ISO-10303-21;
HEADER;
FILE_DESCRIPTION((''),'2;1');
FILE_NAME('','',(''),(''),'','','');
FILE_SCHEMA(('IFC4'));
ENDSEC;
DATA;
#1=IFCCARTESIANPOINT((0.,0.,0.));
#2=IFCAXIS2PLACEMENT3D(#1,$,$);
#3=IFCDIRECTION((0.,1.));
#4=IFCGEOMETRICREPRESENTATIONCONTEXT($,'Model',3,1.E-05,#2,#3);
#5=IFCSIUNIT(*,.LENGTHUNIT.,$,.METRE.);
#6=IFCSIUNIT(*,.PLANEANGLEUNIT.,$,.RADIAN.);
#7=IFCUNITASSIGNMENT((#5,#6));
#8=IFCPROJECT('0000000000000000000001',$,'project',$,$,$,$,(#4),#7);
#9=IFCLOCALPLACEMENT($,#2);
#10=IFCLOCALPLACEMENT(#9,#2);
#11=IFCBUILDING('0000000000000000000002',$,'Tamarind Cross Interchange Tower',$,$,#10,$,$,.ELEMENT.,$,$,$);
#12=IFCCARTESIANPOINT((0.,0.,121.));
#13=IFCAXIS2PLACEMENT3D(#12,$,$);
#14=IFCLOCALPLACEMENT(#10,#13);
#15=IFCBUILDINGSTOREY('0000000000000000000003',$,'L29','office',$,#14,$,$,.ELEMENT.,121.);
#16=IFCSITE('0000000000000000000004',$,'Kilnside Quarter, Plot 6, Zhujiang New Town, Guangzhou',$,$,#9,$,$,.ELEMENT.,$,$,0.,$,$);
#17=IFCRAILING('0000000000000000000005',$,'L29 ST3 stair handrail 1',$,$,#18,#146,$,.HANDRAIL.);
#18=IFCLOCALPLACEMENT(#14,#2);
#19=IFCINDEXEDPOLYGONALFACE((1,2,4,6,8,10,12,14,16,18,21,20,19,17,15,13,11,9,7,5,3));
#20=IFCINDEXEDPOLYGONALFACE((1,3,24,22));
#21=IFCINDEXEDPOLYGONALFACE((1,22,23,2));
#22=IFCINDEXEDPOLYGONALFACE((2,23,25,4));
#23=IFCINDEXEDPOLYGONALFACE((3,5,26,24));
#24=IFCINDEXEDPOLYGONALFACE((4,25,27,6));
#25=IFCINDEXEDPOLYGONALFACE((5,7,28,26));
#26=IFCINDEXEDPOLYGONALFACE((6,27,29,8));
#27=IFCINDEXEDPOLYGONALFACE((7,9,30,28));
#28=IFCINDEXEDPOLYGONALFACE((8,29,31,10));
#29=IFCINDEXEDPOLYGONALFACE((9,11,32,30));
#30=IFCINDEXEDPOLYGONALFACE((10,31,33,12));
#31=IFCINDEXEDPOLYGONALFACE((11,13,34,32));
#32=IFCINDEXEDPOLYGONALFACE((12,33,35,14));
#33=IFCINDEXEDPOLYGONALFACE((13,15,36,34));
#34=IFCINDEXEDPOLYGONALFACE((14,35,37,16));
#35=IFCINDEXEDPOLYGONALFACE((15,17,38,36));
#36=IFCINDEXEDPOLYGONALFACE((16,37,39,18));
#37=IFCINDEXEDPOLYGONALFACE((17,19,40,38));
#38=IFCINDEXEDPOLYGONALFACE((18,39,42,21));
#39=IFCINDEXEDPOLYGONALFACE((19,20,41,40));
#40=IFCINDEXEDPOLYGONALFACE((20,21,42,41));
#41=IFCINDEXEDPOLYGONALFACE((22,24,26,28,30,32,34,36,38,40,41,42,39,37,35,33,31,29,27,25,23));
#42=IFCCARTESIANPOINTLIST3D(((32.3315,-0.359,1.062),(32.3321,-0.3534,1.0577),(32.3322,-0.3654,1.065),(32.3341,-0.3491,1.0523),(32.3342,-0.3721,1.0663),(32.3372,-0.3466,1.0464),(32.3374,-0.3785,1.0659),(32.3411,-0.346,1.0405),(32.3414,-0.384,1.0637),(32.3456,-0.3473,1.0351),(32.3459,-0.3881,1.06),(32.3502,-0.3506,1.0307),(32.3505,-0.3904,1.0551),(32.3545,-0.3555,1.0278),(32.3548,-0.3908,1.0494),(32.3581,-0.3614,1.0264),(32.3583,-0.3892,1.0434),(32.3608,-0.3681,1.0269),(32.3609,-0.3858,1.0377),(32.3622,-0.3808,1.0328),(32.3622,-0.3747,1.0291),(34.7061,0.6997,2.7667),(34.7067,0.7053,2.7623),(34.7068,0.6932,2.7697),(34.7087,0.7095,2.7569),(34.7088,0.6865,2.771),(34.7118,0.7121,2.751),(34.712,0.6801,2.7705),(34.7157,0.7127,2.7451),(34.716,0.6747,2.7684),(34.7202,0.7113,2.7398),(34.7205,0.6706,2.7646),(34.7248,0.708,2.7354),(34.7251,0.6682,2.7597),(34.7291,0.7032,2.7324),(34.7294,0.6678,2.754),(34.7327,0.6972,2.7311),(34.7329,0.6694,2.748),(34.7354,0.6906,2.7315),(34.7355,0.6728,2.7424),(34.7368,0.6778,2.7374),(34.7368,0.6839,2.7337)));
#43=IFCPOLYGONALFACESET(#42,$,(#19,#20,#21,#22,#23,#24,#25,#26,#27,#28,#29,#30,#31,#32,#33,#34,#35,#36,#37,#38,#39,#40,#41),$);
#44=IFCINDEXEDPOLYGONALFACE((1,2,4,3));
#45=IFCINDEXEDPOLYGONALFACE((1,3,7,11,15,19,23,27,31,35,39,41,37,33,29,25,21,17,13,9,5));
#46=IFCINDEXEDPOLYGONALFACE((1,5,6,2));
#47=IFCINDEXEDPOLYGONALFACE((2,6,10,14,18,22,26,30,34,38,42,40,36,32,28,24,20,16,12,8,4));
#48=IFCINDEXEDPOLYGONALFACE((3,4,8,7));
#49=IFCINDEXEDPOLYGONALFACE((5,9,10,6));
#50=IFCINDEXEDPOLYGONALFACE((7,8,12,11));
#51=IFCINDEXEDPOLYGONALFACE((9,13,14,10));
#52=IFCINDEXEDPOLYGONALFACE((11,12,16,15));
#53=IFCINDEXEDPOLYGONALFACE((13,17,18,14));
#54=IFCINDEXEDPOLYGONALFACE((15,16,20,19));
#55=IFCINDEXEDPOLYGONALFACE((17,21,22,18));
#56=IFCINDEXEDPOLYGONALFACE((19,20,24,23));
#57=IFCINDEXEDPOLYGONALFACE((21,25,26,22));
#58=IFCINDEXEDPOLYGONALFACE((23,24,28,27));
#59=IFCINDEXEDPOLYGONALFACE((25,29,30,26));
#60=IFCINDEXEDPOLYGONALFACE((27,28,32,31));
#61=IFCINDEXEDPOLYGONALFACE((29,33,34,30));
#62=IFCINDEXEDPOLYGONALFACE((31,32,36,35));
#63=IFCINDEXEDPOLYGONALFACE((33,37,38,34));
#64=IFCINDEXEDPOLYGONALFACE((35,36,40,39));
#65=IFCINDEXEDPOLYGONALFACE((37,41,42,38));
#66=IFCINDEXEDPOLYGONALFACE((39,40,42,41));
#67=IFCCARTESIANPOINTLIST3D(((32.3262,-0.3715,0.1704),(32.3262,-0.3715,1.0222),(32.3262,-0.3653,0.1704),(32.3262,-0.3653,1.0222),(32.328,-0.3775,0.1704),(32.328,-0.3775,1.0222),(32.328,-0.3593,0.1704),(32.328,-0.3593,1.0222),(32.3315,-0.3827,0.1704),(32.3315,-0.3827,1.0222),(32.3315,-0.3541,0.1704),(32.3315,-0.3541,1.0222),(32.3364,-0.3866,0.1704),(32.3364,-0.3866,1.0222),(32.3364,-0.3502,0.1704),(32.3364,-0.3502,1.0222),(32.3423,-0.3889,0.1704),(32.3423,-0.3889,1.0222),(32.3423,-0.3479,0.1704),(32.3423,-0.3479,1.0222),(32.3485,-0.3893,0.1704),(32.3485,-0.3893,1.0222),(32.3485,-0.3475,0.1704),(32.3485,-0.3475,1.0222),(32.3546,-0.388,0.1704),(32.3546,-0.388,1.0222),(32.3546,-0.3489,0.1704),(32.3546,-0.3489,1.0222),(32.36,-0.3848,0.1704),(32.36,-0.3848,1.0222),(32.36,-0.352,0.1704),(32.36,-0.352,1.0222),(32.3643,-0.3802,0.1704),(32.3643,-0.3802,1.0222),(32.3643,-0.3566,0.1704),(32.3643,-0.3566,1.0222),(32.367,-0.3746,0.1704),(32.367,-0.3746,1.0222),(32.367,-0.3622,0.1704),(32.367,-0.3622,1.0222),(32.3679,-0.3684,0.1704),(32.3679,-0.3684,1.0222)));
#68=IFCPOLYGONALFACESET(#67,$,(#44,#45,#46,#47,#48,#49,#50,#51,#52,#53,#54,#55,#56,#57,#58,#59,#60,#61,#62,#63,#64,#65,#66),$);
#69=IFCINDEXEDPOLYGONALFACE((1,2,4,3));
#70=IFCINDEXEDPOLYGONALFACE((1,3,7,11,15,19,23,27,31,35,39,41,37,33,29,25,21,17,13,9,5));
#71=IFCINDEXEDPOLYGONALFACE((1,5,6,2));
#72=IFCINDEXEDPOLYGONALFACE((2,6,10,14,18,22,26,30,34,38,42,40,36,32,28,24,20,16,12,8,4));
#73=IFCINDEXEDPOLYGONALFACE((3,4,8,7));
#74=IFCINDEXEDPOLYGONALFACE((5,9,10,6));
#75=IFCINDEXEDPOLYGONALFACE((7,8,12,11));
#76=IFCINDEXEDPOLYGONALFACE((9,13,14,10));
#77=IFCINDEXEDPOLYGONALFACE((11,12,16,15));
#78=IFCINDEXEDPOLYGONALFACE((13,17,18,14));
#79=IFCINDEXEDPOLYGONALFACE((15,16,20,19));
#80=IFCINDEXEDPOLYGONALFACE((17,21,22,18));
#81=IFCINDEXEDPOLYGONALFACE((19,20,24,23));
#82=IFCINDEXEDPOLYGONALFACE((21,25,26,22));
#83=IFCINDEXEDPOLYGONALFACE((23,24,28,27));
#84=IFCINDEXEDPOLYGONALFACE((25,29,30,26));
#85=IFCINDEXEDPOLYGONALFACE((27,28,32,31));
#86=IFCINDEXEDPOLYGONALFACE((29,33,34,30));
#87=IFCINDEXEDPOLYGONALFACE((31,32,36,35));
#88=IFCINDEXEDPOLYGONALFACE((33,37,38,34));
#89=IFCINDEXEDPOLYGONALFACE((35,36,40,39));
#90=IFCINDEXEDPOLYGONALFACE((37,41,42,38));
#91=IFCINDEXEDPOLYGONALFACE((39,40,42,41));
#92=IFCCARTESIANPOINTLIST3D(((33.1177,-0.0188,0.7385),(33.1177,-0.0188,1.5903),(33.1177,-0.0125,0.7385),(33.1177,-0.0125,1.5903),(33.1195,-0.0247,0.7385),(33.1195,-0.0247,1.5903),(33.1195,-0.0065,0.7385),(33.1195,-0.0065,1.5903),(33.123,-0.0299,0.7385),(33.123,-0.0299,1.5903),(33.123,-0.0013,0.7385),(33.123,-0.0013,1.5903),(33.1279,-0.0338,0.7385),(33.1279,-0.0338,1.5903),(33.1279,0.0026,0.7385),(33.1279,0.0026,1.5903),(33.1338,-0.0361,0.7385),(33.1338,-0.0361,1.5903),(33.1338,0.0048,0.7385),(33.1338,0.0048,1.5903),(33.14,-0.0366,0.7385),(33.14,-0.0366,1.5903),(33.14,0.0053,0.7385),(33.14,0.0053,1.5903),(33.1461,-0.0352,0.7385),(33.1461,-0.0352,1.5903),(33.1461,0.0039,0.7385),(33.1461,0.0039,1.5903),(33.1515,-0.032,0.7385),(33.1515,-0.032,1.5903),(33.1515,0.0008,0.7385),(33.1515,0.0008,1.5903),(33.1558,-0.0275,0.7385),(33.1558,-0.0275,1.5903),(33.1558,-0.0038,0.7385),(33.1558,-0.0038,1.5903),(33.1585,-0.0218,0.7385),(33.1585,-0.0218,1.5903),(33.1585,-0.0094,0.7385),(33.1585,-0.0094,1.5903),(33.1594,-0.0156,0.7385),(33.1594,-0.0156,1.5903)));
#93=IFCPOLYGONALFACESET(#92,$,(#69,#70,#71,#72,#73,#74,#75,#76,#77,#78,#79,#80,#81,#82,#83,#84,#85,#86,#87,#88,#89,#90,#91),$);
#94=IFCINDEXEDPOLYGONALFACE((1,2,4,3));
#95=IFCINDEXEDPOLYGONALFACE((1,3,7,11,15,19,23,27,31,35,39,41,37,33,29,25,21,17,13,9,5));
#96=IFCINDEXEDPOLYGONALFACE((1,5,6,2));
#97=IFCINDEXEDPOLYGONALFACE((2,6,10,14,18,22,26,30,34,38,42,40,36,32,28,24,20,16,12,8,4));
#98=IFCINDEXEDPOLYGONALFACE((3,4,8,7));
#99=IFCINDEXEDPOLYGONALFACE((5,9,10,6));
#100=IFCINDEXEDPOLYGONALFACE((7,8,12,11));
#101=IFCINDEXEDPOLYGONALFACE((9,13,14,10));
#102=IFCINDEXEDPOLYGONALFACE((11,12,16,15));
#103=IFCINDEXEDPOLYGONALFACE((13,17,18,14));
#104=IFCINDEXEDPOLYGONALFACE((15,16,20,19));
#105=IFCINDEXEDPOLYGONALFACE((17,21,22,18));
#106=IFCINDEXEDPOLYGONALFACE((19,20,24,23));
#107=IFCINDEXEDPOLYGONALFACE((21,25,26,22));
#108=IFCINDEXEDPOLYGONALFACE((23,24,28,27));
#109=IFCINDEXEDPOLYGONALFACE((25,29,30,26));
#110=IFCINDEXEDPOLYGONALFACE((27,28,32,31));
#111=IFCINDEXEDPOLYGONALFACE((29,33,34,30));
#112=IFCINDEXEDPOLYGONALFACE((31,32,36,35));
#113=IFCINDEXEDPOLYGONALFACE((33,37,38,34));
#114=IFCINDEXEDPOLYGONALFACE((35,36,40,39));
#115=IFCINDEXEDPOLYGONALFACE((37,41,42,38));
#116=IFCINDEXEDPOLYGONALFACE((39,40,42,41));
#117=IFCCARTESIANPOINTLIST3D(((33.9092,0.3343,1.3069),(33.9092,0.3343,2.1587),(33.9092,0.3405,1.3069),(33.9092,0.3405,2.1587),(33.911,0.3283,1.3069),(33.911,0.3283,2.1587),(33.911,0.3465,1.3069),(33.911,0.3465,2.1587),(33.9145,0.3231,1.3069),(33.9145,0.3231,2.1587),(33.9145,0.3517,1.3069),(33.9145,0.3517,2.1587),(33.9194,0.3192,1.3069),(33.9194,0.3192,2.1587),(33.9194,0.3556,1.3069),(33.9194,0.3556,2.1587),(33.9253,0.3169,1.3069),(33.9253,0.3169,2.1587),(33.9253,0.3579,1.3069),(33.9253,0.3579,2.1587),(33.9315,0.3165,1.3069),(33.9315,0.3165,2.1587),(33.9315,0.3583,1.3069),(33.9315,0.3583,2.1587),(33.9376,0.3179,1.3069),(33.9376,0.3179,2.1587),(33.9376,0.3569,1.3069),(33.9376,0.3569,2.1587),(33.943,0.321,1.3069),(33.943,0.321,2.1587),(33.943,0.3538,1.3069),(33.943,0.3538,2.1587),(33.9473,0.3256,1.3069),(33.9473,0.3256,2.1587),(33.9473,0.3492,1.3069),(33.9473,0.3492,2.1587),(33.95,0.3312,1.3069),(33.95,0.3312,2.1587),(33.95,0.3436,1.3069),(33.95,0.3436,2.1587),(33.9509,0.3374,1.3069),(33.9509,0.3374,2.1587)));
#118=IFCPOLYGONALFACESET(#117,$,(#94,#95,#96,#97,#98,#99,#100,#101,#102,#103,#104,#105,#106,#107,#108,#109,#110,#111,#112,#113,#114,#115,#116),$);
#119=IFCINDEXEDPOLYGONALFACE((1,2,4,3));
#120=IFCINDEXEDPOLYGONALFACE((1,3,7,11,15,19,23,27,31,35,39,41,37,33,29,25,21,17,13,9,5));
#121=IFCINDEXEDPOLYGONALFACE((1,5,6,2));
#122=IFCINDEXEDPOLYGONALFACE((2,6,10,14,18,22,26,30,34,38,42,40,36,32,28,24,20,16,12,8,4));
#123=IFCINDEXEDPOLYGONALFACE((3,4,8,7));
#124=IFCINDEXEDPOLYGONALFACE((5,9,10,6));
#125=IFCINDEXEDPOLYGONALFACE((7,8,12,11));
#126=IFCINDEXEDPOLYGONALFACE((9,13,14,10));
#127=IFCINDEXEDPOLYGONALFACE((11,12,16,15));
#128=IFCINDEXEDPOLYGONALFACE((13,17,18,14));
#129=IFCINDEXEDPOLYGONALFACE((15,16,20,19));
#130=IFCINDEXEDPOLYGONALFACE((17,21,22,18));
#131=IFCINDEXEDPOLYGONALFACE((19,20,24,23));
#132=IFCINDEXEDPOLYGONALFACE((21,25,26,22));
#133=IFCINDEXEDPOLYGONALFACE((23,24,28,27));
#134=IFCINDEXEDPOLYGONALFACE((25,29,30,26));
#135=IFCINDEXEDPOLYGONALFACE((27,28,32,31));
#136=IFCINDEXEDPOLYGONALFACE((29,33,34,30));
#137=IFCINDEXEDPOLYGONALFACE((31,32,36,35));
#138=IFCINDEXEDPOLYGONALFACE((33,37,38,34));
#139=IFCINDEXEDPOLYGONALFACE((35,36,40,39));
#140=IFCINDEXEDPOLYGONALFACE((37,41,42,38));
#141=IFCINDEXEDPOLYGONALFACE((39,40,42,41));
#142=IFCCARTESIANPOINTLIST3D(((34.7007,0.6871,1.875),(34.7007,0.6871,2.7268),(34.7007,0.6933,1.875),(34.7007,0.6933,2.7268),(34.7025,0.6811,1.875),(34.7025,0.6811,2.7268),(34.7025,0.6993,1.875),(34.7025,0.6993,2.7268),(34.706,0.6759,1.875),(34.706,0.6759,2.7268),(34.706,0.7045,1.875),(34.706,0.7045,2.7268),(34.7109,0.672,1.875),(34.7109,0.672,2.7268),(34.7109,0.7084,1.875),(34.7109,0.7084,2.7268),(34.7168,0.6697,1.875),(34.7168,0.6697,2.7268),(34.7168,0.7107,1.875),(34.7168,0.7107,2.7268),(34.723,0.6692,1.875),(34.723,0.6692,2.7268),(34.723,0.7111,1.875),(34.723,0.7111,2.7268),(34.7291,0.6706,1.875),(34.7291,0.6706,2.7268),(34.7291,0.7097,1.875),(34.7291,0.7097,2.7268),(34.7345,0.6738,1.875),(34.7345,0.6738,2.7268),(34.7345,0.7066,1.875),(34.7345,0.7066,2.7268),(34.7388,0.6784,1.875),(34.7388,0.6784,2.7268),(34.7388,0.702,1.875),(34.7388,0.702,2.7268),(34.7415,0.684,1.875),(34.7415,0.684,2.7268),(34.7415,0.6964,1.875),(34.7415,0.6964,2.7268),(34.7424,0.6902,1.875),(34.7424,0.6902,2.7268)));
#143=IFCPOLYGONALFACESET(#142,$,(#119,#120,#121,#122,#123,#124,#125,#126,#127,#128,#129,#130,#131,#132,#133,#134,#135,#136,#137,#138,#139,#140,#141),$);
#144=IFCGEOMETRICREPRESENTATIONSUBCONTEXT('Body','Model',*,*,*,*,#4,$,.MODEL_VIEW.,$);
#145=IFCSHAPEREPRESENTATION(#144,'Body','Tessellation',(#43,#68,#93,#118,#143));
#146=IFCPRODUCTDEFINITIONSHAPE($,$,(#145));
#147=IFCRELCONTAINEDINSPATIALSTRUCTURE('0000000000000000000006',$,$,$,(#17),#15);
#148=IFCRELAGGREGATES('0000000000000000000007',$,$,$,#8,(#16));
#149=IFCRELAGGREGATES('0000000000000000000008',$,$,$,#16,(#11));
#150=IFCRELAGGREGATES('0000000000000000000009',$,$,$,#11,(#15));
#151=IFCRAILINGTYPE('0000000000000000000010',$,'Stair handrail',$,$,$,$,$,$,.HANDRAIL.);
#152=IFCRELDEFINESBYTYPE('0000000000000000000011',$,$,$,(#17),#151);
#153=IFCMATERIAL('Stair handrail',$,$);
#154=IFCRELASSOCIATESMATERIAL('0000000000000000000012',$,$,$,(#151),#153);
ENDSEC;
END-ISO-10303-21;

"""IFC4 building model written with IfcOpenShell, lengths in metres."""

from ifc_helpers import new_model, si_unit, direction, frame, origin, origin_2d, place, context, subcontext, project, spatial, circle, extrude, material, type_object, element, save


model = new_model("IFC4")

# Units and contexts
model_context = context("Model", 3, precision=1e-05, world=origin(), true_north=direction((0.0, 1.0)))
body_context = subcontext(model_context, "Body", "Model", "MODEL_VIEW")
ifc_project = project(units=[si_unit("LENGTHUNIT", "METRE"), si_unit("PLANEANGLEUNIT", "RADIAN")], contexts=[model_context])

# Site, building, storey
site_placement = place(None, origin())
site = spatial("IfcSite", under=ifc_project, at=site_placement, Name="Kilnside Quarter, Plot 6, Zhujiang New Town, Guangzhou", CompositionType="ELEMENT", RefElevation=0.0)
building_placement = place(site_placement, origin())
building = spatial("IfcBuilding", under=site, at=building_placement, Name="Tamarind Cross Interchange Tower", CompositionType="ELEMENT")
storey_placement = place(building_placement, frame((0.0, 0.0, 121.0)))
storey = spatial("IfcBuildingStorey", under=building, at=storey_placement, Name="L29", Description="office", CompositionType="ELEMENT", Elevation=121.0)

# Railing
ifc_material_1 = material(Name="Stair handrail")
railing_type = type_object("IfcRailingType", Name="Stair handrail", PredefinedType="HANDRAIL", material=ifc_material_1)
railing_placement = place(storey_placement, frame((32.3469, -0.3684, 0.1704)))
element("IfcRailing", 1, at=railing_placement, inside=storey, type_object=railing_type, Name="L29 ST3 stair handrail 1", PredefinedType="HANDRAIL", context=body_context, shape_type="SweptSolid", body=[
    extrude(circle(Radius=0.0239, at=origin_2d()), frame((0.0, 0.0, 0.876), z_axis=(0.763807, 0.340517, 0.548314), x_axis=(-0.407184, 0.913346, 0.0)), (0.0, 0.0, 1.0), 3.1089),
    extrude(circle(Radius=0.021, at=origin_2d()), origin(), (0.0, 0.0, 1.0), 0.8518),
    extrude(circle(Radius=0.021, at=origin_2d()), frame((0.7915, 0.3528, 0.5681)), (0.0, 0.0, 1.0), 0.8518),
    extrude(circle(Radius=0.021, at=origin_2d()), frame((1.583, 0.7058, 1.1365)), (0.0, 0.0, 1.0), 0.8518),
    extrude(circle(Radius=0.021, at=origin_2d()), frame((2.3745, 1.0586, 1.7046)), (0.0, 0.0, 1.0), 0.8518),
])

save(model, "model.ifc")
